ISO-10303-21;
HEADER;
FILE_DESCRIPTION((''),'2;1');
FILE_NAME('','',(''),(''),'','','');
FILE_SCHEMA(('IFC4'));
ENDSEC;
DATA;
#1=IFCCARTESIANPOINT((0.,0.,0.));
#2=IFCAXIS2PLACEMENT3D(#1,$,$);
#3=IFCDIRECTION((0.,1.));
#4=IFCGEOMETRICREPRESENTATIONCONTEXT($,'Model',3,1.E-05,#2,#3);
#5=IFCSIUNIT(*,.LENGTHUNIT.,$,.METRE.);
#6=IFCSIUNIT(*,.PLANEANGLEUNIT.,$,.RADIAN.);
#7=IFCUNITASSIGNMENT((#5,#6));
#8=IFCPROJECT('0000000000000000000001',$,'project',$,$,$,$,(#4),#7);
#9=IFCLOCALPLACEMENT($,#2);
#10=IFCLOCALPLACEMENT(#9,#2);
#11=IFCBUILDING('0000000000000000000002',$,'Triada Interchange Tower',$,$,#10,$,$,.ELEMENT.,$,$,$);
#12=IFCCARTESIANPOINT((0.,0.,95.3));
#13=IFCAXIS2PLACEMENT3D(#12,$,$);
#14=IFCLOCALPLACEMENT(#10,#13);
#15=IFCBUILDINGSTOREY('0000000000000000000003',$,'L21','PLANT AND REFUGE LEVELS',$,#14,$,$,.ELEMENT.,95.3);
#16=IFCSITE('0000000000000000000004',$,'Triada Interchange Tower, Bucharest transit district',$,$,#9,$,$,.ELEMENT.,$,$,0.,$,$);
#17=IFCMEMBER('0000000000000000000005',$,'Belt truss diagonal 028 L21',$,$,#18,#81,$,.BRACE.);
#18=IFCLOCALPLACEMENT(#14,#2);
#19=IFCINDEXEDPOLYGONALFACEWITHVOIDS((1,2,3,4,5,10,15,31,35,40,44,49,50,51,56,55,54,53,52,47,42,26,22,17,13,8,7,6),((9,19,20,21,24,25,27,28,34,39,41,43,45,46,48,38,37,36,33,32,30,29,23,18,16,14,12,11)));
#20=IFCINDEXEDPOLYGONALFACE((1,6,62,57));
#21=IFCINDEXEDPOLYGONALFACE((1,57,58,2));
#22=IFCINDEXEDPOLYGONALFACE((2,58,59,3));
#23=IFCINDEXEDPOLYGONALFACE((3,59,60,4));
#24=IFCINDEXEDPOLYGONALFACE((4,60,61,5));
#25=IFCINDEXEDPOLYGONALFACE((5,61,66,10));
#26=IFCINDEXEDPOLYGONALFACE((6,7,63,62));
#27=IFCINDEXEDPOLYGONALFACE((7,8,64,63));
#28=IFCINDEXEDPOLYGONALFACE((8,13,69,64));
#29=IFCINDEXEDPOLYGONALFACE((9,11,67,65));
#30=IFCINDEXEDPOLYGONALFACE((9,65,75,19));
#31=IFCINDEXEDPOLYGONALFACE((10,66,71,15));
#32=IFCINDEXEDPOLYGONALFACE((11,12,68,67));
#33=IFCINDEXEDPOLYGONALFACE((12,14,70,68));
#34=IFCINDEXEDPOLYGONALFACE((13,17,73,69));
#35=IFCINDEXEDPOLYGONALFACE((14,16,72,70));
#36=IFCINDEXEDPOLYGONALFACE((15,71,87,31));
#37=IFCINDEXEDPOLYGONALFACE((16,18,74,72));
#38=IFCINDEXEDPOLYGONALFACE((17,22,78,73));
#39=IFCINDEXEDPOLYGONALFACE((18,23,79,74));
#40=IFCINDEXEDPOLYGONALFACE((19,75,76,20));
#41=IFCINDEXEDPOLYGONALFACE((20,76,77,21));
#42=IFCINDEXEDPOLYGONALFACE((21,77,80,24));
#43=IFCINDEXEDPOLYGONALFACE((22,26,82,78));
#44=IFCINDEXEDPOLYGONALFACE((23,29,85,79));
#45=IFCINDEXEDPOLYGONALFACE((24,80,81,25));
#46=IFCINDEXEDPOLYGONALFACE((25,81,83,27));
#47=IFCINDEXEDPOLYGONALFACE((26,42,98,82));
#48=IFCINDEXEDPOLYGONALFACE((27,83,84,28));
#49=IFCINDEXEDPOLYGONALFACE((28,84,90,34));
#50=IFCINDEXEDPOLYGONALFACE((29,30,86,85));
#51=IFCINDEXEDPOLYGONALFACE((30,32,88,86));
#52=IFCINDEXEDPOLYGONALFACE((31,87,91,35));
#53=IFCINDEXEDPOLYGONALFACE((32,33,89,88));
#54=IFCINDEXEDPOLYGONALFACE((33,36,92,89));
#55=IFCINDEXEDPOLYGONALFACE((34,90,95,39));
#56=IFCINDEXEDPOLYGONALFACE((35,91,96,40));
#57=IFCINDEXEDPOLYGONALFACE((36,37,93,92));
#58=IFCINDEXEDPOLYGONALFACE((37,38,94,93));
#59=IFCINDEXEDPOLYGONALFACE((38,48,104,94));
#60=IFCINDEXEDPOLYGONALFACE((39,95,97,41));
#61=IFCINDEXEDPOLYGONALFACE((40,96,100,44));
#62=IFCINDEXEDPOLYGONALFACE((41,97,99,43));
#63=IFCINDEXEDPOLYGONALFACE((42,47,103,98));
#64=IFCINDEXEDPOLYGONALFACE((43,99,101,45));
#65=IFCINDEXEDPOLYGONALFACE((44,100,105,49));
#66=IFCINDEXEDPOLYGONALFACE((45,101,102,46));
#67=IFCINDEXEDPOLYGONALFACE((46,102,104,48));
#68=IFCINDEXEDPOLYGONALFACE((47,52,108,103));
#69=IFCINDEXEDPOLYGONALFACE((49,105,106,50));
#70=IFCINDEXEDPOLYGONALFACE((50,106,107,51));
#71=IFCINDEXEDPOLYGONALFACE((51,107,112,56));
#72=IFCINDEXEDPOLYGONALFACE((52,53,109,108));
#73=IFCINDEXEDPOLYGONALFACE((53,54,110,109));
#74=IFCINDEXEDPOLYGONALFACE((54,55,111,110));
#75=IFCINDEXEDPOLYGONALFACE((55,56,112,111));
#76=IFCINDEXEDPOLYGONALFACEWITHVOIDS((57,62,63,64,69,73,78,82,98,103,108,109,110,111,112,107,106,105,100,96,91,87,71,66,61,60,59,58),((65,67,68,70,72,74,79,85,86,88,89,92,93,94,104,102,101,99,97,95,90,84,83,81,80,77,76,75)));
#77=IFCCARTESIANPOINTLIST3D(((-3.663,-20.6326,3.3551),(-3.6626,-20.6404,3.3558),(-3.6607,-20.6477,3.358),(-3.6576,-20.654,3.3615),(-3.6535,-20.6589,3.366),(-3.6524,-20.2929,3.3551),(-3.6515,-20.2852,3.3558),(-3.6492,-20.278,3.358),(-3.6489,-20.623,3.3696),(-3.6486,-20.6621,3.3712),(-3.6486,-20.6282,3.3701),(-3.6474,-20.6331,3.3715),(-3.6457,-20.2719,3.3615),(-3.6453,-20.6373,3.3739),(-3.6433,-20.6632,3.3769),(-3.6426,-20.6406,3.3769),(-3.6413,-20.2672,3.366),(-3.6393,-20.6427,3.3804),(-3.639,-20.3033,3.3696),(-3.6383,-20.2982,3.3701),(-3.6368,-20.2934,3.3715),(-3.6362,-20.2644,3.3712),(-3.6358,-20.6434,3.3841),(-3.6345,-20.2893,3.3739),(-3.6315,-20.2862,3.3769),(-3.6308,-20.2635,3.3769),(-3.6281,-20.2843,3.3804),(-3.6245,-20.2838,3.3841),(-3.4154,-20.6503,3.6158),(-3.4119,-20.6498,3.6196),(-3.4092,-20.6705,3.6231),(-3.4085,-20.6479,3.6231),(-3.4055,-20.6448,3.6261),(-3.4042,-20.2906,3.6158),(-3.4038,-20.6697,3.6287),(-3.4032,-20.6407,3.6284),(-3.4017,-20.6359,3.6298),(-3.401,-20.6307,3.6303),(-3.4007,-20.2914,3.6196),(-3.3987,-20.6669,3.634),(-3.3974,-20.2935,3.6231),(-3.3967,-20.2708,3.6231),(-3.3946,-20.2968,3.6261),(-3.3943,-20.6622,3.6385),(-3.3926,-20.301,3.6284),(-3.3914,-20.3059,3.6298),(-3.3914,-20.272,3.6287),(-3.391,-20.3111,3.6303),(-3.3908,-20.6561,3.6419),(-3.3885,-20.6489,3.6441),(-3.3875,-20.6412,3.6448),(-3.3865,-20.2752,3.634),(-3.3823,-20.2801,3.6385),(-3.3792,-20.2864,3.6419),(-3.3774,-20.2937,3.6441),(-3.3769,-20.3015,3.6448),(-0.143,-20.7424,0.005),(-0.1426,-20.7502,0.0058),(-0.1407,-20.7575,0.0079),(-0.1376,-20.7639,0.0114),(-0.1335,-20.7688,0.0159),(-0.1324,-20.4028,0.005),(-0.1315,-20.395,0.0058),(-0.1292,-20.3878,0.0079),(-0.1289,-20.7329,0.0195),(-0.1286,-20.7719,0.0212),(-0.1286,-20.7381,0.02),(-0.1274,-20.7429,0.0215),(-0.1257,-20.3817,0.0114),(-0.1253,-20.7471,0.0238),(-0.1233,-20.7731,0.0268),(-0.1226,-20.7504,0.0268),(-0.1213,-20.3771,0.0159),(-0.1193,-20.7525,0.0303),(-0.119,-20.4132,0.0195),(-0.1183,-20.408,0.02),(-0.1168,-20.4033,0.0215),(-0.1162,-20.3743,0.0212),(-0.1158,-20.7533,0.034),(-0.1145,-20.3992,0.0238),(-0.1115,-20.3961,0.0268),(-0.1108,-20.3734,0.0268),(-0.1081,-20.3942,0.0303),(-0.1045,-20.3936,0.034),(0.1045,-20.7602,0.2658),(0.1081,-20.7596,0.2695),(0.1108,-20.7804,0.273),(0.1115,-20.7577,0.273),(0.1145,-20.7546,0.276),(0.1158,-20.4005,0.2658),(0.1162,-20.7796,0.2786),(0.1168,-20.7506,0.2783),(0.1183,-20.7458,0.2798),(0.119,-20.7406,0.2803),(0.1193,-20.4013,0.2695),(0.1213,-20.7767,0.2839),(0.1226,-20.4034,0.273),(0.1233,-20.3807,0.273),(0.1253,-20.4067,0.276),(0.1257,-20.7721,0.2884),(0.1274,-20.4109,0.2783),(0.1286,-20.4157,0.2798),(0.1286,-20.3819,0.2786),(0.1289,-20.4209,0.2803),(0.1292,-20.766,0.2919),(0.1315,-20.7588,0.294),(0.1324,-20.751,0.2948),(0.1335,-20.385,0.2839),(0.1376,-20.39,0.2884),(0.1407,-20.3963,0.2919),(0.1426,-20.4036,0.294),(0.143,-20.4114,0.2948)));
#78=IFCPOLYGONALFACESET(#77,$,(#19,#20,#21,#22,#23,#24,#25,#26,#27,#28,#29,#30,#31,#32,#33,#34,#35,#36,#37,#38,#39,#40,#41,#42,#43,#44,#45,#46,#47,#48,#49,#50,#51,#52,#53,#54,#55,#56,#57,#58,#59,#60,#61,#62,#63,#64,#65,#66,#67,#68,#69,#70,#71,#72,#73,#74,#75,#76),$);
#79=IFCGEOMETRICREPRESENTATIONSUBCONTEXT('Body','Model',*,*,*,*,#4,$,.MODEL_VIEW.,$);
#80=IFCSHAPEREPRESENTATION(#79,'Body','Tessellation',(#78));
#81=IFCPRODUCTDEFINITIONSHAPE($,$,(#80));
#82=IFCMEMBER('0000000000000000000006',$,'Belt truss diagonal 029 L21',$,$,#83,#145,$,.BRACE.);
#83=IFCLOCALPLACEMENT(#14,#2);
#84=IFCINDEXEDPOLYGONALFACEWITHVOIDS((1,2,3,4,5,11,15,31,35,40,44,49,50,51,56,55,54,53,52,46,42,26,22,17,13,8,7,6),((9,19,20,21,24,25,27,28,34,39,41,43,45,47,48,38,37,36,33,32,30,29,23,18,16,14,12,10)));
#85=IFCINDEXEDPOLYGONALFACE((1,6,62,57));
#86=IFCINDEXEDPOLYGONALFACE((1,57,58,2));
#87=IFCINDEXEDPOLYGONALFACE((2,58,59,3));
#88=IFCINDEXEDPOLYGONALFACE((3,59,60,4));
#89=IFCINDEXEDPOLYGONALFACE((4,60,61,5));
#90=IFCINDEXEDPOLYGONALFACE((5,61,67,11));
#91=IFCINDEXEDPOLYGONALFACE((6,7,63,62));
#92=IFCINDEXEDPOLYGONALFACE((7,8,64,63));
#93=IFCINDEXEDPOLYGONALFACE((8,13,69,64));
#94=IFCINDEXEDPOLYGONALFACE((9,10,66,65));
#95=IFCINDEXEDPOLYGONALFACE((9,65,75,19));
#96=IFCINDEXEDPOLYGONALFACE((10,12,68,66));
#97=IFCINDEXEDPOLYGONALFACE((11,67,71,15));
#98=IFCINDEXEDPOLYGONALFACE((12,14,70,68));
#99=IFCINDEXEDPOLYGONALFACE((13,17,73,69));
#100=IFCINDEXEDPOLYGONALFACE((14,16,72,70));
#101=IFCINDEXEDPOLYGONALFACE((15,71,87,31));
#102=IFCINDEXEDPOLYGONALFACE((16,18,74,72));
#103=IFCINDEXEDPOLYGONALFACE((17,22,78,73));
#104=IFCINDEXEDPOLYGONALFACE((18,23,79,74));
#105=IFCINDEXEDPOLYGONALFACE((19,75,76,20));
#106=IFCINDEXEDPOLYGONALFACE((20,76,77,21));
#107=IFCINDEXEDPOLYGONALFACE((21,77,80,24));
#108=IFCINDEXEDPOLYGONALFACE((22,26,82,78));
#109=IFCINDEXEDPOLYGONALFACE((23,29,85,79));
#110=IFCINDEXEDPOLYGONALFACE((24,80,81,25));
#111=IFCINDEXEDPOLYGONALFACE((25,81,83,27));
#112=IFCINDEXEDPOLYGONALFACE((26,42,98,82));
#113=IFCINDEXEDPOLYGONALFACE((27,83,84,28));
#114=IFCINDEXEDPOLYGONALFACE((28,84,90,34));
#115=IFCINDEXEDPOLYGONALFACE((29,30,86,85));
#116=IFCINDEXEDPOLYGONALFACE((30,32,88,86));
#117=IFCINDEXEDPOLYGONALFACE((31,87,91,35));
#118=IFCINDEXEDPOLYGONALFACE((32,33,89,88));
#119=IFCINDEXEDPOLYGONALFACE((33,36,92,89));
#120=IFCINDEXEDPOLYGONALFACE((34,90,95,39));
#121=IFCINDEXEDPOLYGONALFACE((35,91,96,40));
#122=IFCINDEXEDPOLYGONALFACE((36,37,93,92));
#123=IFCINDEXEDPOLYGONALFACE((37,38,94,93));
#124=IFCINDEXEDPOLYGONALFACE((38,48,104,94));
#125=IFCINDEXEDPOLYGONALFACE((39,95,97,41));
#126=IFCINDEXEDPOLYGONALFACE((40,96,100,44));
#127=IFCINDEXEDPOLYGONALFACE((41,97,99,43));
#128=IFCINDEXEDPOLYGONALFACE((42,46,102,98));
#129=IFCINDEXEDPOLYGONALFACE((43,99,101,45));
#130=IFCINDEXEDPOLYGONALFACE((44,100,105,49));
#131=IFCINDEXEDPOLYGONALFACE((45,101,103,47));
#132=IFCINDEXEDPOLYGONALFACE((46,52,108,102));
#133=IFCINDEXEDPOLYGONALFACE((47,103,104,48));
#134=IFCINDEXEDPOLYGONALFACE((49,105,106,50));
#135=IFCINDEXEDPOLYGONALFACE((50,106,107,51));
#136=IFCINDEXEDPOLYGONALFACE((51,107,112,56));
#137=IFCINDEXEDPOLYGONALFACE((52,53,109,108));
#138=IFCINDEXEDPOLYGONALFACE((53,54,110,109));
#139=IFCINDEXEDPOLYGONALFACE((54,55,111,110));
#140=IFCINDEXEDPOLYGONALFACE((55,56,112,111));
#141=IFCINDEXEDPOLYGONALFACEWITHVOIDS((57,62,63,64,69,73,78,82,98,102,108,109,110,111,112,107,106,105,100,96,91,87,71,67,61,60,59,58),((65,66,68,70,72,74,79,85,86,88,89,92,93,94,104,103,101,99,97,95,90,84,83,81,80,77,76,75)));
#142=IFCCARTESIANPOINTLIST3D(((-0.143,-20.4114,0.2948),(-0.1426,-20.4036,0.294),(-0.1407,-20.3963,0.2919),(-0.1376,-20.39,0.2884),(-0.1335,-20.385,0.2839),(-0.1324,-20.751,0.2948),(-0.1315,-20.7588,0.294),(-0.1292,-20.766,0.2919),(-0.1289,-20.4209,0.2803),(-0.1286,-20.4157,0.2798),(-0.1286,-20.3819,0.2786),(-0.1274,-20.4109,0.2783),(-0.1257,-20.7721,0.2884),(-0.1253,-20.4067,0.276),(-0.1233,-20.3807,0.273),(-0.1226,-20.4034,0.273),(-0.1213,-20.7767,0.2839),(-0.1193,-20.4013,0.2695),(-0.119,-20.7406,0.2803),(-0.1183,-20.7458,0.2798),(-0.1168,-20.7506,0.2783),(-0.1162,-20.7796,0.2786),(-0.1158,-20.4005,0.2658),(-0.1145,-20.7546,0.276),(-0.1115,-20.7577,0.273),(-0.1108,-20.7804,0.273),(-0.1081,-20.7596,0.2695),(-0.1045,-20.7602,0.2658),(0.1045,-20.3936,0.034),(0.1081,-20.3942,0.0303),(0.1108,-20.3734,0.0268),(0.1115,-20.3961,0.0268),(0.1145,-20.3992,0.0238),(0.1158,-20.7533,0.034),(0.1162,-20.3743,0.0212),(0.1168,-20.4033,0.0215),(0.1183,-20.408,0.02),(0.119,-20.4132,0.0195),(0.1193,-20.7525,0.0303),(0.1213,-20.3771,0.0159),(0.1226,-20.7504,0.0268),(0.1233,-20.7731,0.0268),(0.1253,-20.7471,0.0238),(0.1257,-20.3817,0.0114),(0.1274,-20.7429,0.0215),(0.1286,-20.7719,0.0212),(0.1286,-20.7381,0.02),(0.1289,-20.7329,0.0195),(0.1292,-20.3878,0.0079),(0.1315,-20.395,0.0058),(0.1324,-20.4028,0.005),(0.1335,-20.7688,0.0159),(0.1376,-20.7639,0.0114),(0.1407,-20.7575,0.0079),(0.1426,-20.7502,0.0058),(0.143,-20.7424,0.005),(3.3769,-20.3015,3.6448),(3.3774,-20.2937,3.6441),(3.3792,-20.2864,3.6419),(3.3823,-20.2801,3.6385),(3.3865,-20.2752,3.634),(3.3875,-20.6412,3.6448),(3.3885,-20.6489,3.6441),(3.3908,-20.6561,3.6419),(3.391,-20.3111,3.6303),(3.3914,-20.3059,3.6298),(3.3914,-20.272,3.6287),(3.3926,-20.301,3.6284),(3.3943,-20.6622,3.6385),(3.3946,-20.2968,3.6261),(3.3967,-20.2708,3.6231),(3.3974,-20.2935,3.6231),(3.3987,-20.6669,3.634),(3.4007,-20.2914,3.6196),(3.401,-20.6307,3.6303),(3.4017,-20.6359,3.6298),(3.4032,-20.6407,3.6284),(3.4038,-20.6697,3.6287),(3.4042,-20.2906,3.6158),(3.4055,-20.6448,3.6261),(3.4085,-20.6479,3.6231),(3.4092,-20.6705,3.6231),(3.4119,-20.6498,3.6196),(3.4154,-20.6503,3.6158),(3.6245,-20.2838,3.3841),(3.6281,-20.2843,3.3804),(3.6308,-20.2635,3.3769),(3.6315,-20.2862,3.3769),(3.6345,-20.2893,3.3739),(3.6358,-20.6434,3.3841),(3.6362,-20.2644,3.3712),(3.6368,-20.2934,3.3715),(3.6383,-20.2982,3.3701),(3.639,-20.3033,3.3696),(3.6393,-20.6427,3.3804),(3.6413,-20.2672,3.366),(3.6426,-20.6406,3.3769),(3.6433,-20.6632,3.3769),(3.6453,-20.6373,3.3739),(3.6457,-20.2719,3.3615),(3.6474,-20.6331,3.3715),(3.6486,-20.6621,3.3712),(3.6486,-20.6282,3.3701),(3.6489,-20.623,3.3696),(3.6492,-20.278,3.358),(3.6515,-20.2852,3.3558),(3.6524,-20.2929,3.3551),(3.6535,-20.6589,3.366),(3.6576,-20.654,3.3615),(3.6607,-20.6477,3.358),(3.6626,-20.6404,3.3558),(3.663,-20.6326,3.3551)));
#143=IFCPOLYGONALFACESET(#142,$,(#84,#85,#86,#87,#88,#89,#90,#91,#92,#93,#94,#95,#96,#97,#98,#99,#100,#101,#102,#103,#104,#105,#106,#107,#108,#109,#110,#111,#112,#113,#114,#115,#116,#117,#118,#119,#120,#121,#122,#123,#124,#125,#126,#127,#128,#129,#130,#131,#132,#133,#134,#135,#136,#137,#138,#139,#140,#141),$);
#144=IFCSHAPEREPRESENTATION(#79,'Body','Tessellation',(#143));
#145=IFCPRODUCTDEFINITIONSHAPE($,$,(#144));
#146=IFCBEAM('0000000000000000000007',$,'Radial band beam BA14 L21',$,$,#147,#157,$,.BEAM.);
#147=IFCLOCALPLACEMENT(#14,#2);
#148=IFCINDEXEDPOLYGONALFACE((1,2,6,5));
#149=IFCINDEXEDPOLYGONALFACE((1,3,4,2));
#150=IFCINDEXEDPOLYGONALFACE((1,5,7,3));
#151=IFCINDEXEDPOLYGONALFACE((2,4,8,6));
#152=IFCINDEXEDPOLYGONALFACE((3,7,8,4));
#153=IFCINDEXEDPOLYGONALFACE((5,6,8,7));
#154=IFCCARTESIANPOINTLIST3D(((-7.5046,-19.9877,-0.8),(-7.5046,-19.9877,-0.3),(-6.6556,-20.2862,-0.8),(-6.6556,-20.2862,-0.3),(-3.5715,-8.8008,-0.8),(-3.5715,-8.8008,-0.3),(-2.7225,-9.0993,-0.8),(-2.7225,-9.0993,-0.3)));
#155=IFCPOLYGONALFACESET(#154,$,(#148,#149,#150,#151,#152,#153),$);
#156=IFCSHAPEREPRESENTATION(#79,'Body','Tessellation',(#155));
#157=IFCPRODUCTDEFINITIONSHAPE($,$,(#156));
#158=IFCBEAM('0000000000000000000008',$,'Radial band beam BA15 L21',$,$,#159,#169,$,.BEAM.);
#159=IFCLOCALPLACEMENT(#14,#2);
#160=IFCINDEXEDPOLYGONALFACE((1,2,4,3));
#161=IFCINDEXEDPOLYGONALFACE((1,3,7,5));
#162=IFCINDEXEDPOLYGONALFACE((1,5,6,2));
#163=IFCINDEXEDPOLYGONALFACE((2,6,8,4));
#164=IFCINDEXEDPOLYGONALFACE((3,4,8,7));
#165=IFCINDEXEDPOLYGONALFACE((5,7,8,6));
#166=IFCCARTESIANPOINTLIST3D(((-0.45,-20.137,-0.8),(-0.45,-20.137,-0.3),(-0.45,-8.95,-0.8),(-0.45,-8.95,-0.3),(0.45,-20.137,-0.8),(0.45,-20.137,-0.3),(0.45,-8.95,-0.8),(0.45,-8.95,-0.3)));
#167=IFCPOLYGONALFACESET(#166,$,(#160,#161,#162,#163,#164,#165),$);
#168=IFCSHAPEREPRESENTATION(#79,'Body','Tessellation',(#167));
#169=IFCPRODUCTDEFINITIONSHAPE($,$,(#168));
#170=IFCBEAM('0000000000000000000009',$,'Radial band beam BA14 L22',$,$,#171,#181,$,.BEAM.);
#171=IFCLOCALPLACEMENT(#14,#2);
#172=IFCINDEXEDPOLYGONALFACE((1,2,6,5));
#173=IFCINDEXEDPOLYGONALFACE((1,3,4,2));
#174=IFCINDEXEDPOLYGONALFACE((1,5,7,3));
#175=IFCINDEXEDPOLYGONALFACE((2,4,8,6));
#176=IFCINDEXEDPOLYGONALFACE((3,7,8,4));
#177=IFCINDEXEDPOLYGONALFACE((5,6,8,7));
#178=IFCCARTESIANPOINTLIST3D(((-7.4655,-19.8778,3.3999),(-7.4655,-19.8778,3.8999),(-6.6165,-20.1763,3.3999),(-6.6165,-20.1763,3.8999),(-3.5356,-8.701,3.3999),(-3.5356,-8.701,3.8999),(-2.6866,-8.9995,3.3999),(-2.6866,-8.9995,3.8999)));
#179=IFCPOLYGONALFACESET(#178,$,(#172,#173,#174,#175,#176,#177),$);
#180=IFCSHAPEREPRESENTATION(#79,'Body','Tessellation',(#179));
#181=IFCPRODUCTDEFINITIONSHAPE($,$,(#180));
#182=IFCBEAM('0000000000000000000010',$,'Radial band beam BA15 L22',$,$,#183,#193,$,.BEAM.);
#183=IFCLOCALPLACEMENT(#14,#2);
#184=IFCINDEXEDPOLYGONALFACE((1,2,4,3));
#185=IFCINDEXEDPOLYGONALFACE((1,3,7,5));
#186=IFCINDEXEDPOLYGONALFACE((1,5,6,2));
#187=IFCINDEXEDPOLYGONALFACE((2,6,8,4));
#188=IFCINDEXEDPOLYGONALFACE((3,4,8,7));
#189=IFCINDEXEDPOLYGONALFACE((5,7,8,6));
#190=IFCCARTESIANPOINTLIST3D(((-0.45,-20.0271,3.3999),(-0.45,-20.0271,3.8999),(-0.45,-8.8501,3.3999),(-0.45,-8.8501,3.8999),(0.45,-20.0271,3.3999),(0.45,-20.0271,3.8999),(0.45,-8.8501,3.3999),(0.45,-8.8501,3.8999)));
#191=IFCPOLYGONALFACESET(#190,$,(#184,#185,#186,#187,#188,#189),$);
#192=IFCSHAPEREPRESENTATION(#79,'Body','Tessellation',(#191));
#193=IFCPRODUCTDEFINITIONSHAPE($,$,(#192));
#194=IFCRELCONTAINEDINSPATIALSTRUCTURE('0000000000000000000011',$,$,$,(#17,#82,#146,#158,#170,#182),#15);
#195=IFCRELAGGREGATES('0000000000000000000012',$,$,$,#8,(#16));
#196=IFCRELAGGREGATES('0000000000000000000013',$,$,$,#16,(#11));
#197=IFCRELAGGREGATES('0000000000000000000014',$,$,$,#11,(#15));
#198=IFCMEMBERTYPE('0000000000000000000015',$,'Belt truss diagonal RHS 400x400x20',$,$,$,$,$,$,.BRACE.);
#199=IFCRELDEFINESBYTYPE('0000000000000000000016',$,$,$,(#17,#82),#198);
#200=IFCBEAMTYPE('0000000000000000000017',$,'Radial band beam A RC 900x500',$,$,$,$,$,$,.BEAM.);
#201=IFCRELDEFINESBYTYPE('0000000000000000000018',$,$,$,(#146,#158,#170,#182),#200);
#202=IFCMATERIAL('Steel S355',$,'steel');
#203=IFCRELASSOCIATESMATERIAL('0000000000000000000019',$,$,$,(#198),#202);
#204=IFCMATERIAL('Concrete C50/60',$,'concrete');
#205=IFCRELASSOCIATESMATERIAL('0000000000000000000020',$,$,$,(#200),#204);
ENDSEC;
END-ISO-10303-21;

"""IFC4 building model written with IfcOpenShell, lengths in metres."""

from ifc_helpers import new_model, si_unit, direction, frame, origin, origin_2d, place, context, subcontext, project, spatial, rectangle, hollow_rectangle, extrude, material, material_profile, profile_set, type_object, element, save


model = new_model("IFC4")

# Units and contexts
model_context = context("Model", 3, precision=1e-05, world=origin(), true_north=direction((0.0, 1.0)))
body_context = subcontext(model_context, "Body", "Model", "MODEL_VIEW")
ifc_project = project(units=[si_unit("LENGTHUNIT", "METRE"), si_unit("PLANEANGLEUNIT", "RADIAN")], contexts=[model_context])

# Site, building, storey
site_placement = place(None, origin())
site = spatial("IfcSite", under=ifc_project, at=site_placement, Name="Triada Interchange Tower, Bucharest transit district", CompositionType="ELEMENT", RefElevation=0.0)
building_placement = place(site_placement, origin())
building = spatial("IfcBuilding", under=site, at=building_placement, Name="Triada Interchange Tower", CompositionType="ELEMENT")
storey_placement = place(building_placement, frame((0.0, 0.0, 95.3)))
storey = spatial("IfcBuildingStorey", under=building, at=storey_placement, Name="L21", Description="PLANT AND REFUGE LEVELS", CompositionType="ELEMENT", Elevation=95.3)

# Members
ifc_material_1 = material(Name="Steel S355", Category="steel")
ifc_material_profile_1 = material_profile(ifc_material_1, hollow_rectangle(XDim=0.3999, YDim=0.3999, WallThickness=0.02, InnerFilletRadius=0.02, OuterFilletRadius=0.03, at=origin_2d()), Name="RHS 400x400x20")
ifc_profile_set_1 = profile_set([ifc_material_profile_1], Name="Steel S355")
member_type = type_object("IfcMemberType", Name="Belt truss diagonal RHS 400x400x20", PredefinedType="BRACE", material=ifc_profile_set_1)
for number, where, z_axis, x_axis, name in (
    (1, (0.0, -20.5769, 0.1499), (-0.724189, 0.022603, 0.689231), (-0.031196, -0.999513, 0.0), "Belt truss diagonal 028 L21"),
    (2, (0.0, -20.5769, 0.1499), (0.724189, 0.022603, 0.689231), (-0.031196, 0.999513, 0.0), "Belt truss diagonal 029 L21"),
):
    element("IfcMember", number, at=place(storey_placement, frame(where, z_axis=z_axis, x_axis=x_axis)), inside=storey, type_object=member_type, Name=name, PredefinedType="BRACE", context=body_context, shape_type="SweptSolid", body=[
        extrude(hollow_rectangle(XDim=0.3999, YDim=0.3999, WallThickness=0.02, InnerFilletRadius=0.02, OuterFilletRadius=0.03, at=origin_2d()), origin(), (0.0, 0.0, 1.0), 4.8606),
    ])

# Beams
ifc_material_2 = material(Name="Concrete C50/60", Category="concrete")
ifc_material_profile_2 = material_profile(ifc_material_2, rectangle(XDim=0.8999, YDim=0.5, at=origin_2d()), Name="RC 900x500")
ifc_profile_set_2 = profile_set([ifc_material_profile_2], Name="Concrete C50/60")
beam_type_1 = type_object("IfcBeamType", Name="Radial band beam A RC 900x500", PredefinedType="BEAM", material=ifc_profile_set_2)
beam_1_placement = place(storey_placement, frame((-7.0801, -20.137, -0.55), z_axis=(0.331676, 0.943393, 0.0), x_axis=(-0.943393, 0.331676, 0.0)))
element("IfcBeam", 3, at=beam_1_placement, inside=storey, type_object=beam_type_1, Name="Radial band beam BA14 L21", PredefinedType="BEAM", context=body_context, shape_type="SweptSolid", body=[
    extrude(rectangle(XDim=0.8999, YDim=0.5, at=origin_2d()), origin(), (0.0, 0.0, 1.0), 11.8582),
])
beam_2_placement = place(storey_placement, frame((0.0, -20.137, -0.55), z_axis=(0.0, 1.0, 0.0), x_axis=(-1.0, 0.0, 0.0)))
element("IfcBeam", 4, at=beam_2_placement, inside=storey, type_object=beam_type_1, Name="Radial band beam BA15 L21", PredefinedType="BEAM", context=body_context, shape_type="SweptSolid", body=[
    extrude(rectangle(XDim=0.8999, YDim=0.5, at=origin_2d()), origin(), (0.0, 0.0, 1.0), 11.187),
])
beam_3_placement = place(storey_placement, frame((-7.041, -20.0271, 3.6499), z_axis=(0.331702, 0.943384, 0.0), x_axis=(-0.943384, 0.331702, 0.0)))
element("IfcBeam", 5, at=beam_3_placement, inside=storey, type_object=beam_type_1, Name="Radial band beam BA14 L22", PredefinedType="BEAM", context=body_context, shape_type="SweptSolid", body=[
    extrude(rectangle(XDim=0.8999, YDim=0.5, at=origin_2d()), origin(), (0.0, 0.0, 1.0), 11.8477),
])
beam_4_placement = place(storey_placement, frame((0.0, -20.0271, 3.6499), z_axis=(0.0, 1.0, 0.0), x_axis=(-1.0, 0.0, 0.0)))
element("IfcBeam", 6, at=beam_4_placement, inside=storey, type_object=beam_type_1, Name="Radial band beam BA15 L22", PredefinedType="BEAM", context=body_context, shape_type="SweptSolid", body=[
    extrude(rectangle(XDim=0.8999, YDim=0.5, at=origin_2d()), origin(), (0.0, 0.0, 1.0), 11.177),
])

save(model, "model.ifc")
